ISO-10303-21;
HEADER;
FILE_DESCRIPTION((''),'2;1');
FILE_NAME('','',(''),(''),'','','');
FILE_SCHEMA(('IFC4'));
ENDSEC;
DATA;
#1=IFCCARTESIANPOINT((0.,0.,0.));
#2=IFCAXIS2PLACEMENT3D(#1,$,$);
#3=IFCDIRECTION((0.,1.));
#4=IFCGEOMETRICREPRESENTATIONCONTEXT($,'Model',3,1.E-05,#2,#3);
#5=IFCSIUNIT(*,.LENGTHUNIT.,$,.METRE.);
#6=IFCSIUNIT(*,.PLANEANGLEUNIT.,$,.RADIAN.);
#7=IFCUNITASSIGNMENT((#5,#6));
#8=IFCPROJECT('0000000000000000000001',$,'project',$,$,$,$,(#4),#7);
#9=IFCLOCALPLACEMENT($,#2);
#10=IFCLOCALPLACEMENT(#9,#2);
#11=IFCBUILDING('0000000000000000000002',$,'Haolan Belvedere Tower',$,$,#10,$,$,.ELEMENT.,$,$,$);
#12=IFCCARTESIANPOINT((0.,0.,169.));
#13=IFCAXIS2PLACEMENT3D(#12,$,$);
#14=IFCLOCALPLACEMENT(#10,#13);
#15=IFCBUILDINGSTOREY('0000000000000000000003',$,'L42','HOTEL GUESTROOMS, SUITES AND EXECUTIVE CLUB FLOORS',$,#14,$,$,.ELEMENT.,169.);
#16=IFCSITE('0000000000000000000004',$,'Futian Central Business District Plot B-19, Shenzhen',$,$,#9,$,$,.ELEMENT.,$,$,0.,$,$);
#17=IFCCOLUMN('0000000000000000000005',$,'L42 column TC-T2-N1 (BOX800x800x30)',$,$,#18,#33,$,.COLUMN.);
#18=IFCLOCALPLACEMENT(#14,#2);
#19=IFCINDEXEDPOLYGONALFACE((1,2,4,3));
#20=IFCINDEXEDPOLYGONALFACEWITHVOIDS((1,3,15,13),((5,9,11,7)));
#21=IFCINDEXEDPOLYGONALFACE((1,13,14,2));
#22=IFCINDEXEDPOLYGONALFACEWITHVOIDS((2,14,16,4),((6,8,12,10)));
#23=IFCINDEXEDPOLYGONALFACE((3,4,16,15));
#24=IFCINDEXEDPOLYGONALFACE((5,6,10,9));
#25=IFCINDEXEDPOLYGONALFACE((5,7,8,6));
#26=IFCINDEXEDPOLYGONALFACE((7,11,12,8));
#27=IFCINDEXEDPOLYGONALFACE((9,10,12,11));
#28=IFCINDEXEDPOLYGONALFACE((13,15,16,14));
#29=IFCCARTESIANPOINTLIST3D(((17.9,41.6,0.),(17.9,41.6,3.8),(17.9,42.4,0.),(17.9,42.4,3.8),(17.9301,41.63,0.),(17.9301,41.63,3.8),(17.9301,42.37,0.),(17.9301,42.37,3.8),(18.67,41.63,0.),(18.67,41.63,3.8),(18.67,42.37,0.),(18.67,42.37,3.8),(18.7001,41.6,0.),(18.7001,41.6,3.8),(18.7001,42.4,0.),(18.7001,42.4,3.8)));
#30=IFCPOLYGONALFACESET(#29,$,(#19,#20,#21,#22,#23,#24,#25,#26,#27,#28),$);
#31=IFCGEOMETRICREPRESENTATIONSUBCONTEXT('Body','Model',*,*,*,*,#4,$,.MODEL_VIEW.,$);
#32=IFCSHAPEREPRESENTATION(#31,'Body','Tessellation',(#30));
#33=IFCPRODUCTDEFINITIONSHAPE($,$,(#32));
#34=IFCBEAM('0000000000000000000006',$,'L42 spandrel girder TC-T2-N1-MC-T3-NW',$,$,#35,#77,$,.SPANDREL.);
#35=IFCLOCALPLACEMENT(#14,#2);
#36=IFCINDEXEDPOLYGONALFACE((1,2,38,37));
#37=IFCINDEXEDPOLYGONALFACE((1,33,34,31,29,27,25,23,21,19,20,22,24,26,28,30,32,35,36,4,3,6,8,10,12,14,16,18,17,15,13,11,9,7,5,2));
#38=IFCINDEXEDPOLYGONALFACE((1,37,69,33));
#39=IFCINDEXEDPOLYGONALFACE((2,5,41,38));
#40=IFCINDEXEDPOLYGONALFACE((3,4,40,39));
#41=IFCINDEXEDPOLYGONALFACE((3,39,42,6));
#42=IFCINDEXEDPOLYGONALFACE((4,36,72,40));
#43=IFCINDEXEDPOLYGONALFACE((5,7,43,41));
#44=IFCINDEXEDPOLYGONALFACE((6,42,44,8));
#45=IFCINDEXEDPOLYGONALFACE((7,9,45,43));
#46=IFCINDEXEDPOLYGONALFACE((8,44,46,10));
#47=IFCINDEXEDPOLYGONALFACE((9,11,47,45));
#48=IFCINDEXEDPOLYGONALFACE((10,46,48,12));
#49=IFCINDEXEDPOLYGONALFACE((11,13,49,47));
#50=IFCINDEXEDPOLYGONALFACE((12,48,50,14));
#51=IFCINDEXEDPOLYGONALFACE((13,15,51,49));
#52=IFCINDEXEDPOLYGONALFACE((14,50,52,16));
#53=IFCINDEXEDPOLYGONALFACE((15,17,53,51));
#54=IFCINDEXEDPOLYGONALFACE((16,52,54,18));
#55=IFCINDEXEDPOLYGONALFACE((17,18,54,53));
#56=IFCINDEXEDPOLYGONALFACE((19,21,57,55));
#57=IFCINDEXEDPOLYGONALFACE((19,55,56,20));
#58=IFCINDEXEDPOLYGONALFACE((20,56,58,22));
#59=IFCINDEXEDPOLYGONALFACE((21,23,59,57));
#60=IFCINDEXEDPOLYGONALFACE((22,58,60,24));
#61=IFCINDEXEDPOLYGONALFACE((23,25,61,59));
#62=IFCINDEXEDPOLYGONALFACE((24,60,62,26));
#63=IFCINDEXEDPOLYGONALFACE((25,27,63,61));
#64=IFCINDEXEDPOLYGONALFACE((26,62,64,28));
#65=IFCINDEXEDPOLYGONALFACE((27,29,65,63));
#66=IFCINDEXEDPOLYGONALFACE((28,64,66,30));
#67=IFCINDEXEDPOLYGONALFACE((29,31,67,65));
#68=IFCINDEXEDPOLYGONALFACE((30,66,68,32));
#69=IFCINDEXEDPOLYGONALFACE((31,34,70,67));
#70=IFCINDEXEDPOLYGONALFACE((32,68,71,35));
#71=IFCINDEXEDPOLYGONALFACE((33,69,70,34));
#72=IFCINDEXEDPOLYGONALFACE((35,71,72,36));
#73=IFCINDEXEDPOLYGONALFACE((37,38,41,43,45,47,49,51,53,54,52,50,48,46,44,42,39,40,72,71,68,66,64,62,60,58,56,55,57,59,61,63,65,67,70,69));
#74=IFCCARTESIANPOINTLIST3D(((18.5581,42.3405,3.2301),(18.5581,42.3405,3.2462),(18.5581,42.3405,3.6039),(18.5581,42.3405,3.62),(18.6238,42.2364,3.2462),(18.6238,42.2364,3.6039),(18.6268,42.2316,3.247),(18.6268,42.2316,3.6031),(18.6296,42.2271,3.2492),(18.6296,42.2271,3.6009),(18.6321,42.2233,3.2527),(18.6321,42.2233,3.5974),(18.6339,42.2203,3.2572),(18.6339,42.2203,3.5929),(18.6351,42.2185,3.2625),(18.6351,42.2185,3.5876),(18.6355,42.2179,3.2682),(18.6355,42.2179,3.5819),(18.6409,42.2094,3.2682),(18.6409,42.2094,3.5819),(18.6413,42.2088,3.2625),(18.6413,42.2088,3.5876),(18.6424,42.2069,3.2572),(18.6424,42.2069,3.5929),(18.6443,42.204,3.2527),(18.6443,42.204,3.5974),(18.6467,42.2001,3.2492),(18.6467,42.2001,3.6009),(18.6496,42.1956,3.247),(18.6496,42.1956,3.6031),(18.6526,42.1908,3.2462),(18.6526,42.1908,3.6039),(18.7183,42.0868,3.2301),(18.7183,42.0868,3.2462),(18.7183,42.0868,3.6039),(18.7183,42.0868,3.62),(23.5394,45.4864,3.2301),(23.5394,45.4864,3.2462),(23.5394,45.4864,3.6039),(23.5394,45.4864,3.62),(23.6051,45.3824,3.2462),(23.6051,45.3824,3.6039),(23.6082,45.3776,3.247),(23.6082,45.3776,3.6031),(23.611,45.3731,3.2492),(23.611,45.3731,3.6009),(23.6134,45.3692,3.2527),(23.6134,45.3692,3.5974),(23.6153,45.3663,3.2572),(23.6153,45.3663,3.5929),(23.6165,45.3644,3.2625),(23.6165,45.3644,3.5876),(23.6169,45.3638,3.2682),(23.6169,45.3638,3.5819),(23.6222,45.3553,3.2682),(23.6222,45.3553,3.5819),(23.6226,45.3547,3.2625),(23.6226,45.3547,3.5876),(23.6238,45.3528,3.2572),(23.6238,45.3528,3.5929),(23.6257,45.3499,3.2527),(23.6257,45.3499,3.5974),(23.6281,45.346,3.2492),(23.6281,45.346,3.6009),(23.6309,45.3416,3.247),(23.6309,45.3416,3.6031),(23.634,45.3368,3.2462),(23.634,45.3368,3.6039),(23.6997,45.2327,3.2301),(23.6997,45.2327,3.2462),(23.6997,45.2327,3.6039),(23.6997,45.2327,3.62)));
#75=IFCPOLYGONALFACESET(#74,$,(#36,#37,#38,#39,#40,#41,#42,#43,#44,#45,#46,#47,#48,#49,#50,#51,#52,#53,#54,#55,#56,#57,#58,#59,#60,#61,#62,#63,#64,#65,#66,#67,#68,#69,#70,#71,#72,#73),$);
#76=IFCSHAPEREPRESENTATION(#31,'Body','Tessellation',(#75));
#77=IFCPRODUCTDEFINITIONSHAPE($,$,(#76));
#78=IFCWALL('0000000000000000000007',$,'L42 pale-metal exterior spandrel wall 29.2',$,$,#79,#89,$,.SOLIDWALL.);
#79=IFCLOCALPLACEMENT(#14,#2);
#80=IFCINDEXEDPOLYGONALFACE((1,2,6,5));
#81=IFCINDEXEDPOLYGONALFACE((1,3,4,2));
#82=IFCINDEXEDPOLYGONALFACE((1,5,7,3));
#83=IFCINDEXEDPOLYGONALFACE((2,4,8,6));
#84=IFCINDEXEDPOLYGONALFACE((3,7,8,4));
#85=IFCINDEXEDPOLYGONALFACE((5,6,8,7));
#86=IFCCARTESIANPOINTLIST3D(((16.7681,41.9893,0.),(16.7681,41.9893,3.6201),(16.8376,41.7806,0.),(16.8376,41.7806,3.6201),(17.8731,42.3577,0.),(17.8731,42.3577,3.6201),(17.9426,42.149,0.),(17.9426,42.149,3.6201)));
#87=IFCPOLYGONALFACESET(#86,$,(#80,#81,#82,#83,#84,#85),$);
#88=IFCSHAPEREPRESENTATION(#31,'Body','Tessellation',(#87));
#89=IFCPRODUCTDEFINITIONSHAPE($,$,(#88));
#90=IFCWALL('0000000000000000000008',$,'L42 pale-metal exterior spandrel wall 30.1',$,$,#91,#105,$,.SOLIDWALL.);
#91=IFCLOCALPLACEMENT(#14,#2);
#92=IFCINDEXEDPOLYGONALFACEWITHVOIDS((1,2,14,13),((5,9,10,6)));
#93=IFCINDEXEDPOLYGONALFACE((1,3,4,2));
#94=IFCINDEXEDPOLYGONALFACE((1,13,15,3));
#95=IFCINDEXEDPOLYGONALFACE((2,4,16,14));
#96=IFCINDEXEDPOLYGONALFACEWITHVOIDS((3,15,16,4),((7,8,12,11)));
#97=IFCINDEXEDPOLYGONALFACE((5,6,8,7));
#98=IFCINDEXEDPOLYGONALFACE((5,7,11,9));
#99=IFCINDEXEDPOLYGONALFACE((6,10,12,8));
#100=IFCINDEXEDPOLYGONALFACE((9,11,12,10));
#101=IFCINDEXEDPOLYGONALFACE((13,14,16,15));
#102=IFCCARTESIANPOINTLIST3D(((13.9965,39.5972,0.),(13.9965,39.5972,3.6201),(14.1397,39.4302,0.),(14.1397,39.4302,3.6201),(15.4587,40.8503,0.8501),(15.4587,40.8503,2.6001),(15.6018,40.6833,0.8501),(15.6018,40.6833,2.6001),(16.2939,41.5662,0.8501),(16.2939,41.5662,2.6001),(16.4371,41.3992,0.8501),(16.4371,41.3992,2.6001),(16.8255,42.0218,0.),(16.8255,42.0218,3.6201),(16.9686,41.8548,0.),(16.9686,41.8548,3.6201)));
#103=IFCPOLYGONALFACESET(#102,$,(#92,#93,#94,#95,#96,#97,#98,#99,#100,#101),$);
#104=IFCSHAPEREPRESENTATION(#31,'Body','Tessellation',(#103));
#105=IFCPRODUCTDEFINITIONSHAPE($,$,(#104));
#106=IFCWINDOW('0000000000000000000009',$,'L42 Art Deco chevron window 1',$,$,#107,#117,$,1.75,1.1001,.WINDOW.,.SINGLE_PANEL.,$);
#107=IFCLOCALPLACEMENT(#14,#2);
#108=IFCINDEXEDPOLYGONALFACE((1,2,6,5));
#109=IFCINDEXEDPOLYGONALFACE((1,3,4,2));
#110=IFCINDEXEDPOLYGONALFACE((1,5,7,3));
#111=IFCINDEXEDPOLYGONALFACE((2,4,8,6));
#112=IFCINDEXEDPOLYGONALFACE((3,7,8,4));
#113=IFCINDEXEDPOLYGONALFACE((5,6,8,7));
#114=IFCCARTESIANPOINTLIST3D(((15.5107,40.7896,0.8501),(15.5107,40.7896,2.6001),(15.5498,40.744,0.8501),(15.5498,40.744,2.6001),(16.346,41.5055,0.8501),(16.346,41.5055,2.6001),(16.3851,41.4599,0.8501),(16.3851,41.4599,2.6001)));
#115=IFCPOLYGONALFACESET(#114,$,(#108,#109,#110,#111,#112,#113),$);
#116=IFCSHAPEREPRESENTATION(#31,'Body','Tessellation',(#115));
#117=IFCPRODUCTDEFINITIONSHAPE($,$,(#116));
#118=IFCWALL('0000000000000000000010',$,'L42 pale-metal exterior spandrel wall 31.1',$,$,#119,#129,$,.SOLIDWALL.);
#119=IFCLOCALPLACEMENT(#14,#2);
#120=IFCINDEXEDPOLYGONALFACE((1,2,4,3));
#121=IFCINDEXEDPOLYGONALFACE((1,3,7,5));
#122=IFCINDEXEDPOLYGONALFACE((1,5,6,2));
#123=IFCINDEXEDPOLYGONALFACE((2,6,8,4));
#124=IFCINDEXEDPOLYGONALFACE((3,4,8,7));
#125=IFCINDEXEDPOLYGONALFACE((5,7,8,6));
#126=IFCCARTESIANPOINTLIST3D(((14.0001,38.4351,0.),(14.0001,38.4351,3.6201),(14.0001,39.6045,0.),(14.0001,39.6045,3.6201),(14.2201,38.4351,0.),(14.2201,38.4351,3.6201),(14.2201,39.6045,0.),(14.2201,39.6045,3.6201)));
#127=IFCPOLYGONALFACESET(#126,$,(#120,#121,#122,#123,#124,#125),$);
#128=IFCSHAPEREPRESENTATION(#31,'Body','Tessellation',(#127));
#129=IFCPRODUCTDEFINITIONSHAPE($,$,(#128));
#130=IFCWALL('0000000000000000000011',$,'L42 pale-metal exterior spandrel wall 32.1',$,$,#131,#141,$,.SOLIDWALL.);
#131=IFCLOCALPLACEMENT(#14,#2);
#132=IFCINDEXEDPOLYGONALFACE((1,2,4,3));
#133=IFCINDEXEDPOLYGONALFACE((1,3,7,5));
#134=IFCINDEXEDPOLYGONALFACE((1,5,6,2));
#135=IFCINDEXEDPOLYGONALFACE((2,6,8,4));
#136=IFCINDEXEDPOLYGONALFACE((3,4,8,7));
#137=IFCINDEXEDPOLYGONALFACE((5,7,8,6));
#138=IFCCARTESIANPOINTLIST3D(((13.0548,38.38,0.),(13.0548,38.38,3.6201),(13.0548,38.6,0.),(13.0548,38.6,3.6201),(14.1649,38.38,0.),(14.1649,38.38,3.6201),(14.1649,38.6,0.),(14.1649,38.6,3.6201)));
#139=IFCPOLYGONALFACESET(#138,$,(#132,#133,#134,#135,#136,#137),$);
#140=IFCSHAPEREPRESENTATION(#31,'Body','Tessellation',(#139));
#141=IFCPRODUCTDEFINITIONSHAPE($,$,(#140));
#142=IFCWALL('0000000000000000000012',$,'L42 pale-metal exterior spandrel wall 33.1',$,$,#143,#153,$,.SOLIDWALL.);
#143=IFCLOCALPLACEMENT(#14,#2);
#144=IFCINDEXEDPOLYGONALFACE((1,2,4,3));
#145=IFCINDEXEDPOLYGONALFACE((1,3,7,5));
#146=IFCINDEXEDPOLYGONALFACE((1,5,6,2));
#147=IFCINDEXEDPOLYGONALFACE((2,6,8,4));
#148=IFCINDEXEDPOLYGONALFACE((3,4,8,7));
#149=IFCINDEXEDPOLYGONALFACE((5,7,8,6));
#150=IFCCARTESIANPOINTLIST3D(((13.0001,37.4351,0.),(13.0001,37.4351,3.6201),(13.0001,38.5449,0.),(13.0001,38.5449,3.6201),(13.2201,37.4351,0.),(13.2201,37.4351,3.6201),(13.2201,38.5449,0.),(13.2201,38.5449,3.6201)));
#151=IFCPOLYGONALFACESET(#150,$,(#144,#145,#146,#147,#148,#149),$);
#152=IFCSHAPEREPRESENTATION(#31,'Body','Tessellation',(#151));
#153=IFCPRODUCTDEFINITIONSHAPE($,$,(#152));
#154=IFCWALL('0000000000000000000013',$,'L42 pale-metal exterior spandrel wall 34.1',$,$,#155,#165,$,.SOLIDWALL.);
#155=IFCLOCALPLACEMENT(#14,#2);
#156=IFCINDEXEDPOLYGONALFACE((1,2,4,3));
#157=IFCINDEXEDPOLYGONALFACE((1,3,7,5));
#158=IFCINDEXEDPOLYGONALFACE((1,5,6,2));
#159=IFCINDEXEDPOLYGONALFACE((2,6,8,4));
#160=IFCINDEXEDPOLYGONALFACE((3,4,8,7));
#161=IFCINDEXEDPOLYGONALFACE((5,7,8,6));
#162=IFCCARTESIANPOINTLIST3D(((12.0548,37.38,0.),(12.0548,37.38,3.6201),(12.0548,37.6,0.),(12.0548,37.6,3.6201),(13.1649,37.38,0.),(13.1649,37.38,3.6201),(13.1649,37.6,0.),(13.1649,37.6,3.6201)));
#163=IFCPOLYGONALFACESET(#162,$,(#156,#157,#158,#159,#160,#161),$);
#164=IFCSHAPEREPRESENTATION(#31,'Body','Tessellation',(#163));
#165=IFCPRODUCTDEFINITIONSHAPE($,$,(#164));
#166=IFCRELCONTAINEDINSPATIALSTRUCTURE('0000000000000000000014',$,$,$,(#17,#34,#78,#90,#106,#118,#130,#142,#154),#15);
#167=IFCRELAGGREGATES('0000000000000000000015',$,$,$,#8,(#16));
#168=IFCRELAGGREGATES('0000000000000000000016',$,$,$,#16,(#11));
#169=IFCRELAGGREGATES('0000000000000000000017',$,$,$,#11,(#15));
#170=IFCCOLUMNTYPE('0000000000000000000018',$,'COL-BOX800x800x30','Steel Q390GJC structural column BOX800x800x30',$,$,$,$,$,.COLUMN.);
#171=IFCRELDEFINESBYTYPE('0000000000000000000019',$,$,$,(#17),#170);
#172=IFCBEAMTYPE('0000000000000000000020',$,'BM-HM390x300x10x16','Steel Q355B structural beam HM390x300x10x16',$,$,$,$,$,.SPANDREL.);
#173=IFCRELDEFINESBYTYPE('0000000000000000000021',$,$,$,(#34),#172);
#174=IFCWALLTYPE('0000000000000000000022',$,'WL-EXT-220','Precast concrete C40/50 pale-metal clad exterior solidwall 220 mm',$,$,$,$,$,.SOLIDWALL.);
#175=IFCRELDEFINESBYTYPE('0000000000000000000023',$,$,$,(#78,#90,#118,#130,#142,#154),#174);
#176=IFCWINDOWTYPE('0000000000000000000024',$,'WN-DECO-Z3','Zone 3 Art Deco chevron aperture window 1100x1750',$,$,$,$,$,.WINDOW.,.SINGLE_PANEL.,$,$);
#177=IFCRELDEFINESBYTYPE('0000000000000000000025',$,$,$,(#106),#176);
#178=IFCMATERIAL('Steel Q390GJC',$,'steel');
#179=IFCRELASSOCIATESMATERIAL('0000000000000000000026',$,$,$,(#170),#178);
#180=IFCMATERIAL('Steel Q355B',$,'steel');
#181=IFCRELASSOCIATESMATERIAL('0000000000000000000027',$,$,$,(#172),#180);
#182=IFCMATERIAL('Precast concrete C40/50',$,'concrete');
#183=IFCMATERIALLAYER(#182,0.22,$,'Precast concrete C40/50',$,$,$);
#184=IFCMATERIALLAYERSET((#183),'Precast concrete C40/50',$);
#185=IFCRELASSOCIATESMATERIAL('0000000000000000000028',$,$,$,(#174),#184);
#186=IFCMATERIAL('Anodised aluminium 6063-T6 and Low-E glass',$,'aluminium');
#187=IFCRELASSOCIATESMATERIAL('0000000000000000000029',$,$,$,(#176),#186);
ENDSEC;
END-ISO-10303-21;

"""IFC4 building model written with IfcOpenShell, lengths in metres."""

from ifc_helpers import new_model, si_unit, direction, frame, frame_2d, origin, origin_2d, place, context, subcontext, project, spatial, rectangle, hollow_rectangle, i_section, extrude, material, layer, layer_set, material_profile, profile_set, type_object, element, fill, save


model = new_model("IFC4")

# Units and contexts
model_context = context("Model", 3, precision=1e-05, world=origin(), true_north=direction((0.0, 1.0)))
body_context = subcontext(model_context, "Body", "Model", "MODEL_VIEW")
ifc_project = project(units=[si_unit("LENGTHUNIT", "METRE"), si_unit("PLANEANGLEUNIT", "RADIAN")], contexts=[model_context])

# Site, building, storey
site_placement = place(None, origin())
site = spatial("IfcSite", under=ifc_project, at=site_placement, Name="Futian Central Business District Plot B-19, Shenzhen", CompositionType="ELEMENT", RefElevation=0.0)
building_placement = place(site_placement, origin())
building = spatial("IfcBuilding", under=site, at=building_placement, Name="Haolan Belvedere Tower", CompositionType="ELEMENT")
storey_placement = place(building_placement, frame((0.0, 0.0, 169.0)))
storey = spatial("IfcBuildingStorey", under=building, at=storey_placement, Name="L42", Description="HOTEL GUESTROOMS, SUITES AND EXECUTIVE CLUB FLOORS", CompositionType="ELEMENT", Elevation=169.0)

# Column
ifc_material_1 = material(Name="Steel Q390GJC", Category="steel")
ifc_material_profile_1 = material_profile(ifc_material_1, hollow_rectangle(XDim=0.8, YDim=0.8, WallThickness=0.03, at=origin_2d()), Name="Steel Q390GJC")
ifc_profile_set_1 = profile_set([ifc_material_profile_1], Name="Steel Q390GJC")
column_type = type_object("IfcColumnType", Name="COL-BOX800x800x30", Description="Steel Q390GJC structural column BOX800x800x30", PredefinedType="COLUMN", material=ifc_profile_set_1)
column_placement = place(storey_placement, frame((18.3, 42.0, 0.0), z_axis=(0.0, 0.0, 1.0), x_axis=(1.0, 0.0, 0.0)))
element("IfcColumn", 1, at=column_placement, inside=storey, type_object=column_type, Name="L42 column TC-T2-N1 (BOX800x800x30)", PredefinedType="COLUMN", context=body_context, shape_type="SweptSolid", body=[
    extrude(hollow_rectangle(XDim=0.8, YDim=0.8, WallThickness=0.03, at=origin_2d()), origin(), (0.0, 0.0, 1.0), 3.8),
])

# Beam
ifc_material_2 = material(Name="Steel Q355B", Category="steel")
ifc_material_profile_2 = material_profile(ifc_material_2, i_section(OverallWidth=0.3, OverallDepth=0.3899, WebThickness=0.01, FlangeThickness=0.0161, FilletRadius=0.022, at=origin_2d()), Name="Steel Q355B")
ifc_profile_set_2 = profile_set([ifc_material_profile_2], Name="Steel Q355B")
beam_type = type_object("IfcBeamType", Name="BM-HM390x300x10x16", Description="Steel Q355B structural beam HM390x300x10x16", PredefinedType="SPANDREL", material=ifc_profile_set_2)
beam_placement = place(storey_placement, frame((18.6382, 42.2136, 3.425), z_axis=(0.845503, 0.533971, 0.0), x_axis=(-0.533971, 0.845503, 0.0)))
element("IfcBeam", 2, at=beam_placement, inside=storey, type_object=beam_type, Name="L42 spandrel girder TC-T2-N1-MC-T3-NW", PredefinedType="SPANDREL", context=body_context, shape_type="SweptSolid", body=[
    extrude(i_section(OverallWidth=0.3, OverallDepth=0.3899, WebThickness=0.01, FlangeThickness=0.0161, FilletRadius=0.022, at=origin_2d()), origin(), (0.0, 0.0, 1.0), 5.8916),
])

# Wall
ifc_material_3 = material(Name="Precast concrete C40/50", Category="concrete")
ifc_layer_1 = layer(ifc_material_3, 0.22, Name="Precast concrete C40/50")
ifc_layer_set_1 = layer_set([ifc_layer_1], Name="Precast concrete C40/50")
wall_type_1 = type_object("IfcWallType", Name="WL-EXT-220", Description="Precast concrete C40/50 pale-metal clad exterior solidwall 220 mm", PredefinedType="SOLIDWALL", material=ifc_layer_set_1)
wall_1_placement = place(storey_placement, frame((17.908, 42.2534, 0.0), z_axis=(0.0, 0.0, 1.0), x_axis=(-0.948662, -0.316291, 0.0)))
element("IfcWall", 3, at=wall_1_placement, inside=storey, type_object=wall_type_1, Name="L42 pale-metal exterior spandrel wall 29.2", PredefinedType="SOLIDWALL", context=body_context, shape_type="SweptSolid", body=[
    extrude(rectangle(XDim=1.1648, YDim=0.22, at=frame_2d((0.5825, 0.0))), origin(), (0.0, 0.0, 1.0), 3.6201),
])

# Wall, opening, window
wall_2_placement = place(storey_placement, frame((16.897, 41.9382, 0.0), z_axis=(0.0, 0.0, 1.0), x_axis=(-0.75928, -0.650764, 0.0)))
wall_2 = element("IfcWall", 4, at=wall_2_placement, inside=storey, type_object=wall_type_1, Name="L42 pale-metal exterior spandrel wall 30.1", PredefinedType="SOLIDWALL", context=body_context, shape_type="SweptSolid", body=[
    extrude(rectangle(XDim=3.7258, YDim=0.22, at=frame_2d((1.8628, 0.0))), origin(), (0.0, 0.0, 1.0), 3.6201),
])
opening_1_placement = place(wall_2_placement, frame((0.7, 0.0, 0.8501)))
opening_1 = element("IfcOpeningElement", 5, at=opening_1_placement, cuts=wall_2, PredefinedType="OPENING", context=body_context, shape_type="SweptSolid", body=[
    extrude(rectangle(XDim=1.1001, YDim=1.75, at=frame_2d((0.55, 0.875))), frame((0.0, 0.1199, 0.0), z_axis=(0.0, -1.0, 0.0), x_axis=(1.0, 0.0, 0.0)), (0.0, 0.0, 1.0), 0.24),
])
ifc_material_4 = material(Name="Anodised aluminium 6063-T6 and Low-E glass", Category="aluminium")
window_type = type_object("IfcWindowType", Name="WN-DECO-Z3", Description="Zone 3 Art Deco chevron aperture window 1100x1750", PartitioningType="SINGLE_PANEL", PredefinedType="WINDOW", material=ifc_material_4)
window_1_placement = place(opening_1_placement, origin())
window_1 = element("IfcWindow", 6, at=window_1_placement, inside=storey, type_object=window_type, Name="L42 Art Deco chevron window 1", OverallHeight=1.75, OverallWidth=1.1001, PartitioningType="SINGLE_PANEL", PredefinedType="WINDOW", context=body_context, shape_type="SweptSolid", body=[
    extrude(rectangle(XDim=1.1001, YDim=1.75, at=frame_2d((0.55, 0.875))), frame((0.0, 0.03, 0.0), z_axis=(0.0, -1.0, 0.0), x_axis=(1.0, 0.0, 0.0)), (0.0, 0.0, 1.0), 0.0601),
])
fill(opening_1, window_1)

# Walls
wall_3_placement = place(storey_placement, frame((14.1101, 39.6045, 0.0), z_axis=(0.0, 0.0, 1.0), x_axis=(0.0, -1.0, 0.0)))
element("IfcWall", 7, at=wall_3_placement, inside=storey, type_object=wall_type_1, Name="L42 pale-metal exterior spandrel wall 31.1", PredefinedType="SOLIDWALL", context=body_context, shape_type="SweptSolid", body=[
    extrude(rectangle(XDim=1.1694, YDim=0.22, at=frame_2d((0.5847, 0.0))), origin(), (0.0, 0.0, 1.0), 3.6201),
])
wall_4_placement = place(storey_placement, frame((14.165, 38.49, 0.0), z_axis=(0.0, 0.0, 1.0), x_axis=(-1.0, 0.0, 0.0)))
element("IfcWall", 8, at=wall_4_placement, inside=storey, type_object=wall_type_1, Name="L42 pale-metal exterior spandrel wall 32.1", PredefinedType="SOLIDWALL", context=body_context, shape_type="SweptSolid", body=[
    extrude(rectangle(XDim=1.1101, YDim=0.22, at=frame_2d((0.5552, 0.0))), origin(), (0.0, 0.0, 1.0), 3.6201),
])
wall_5_placement = place(storey_placement, frame((13.1101, 38.5449, 0.0), z_axis=(0.0, 0.0, 1.0), x_axis=(0.0, -1.0, 0.0)))
element("IfcWall", 9, at=wall_5_placement, inside=storey, type_object=wall_type_1, Name="L42 pale-metal exterior spandrel wall 33.1", PredefinedType="SOLIDWALL", context=body_context, shape_type="SweptSolid", body=[
    extrude(rectangle(XDim=1.1099, YDim=0.22, at=frame_2d((0.5549, 0.0))), origin(), (0.0, 0.0, 1.0), 3.6201),
])
wall_6_placement = place(storey_placement, frame((13.165, 37.49, 0.0), z_axis=(0.0, 0.0, 1.0), x_axis=(-1.0, 0.0, 0.0)))
element("IfcWall", 10, at=wall_6_placement, inside=storey, type_object=wall_type_1, Name="L42 pale-metal exterior spandrel wall 34.1", PredefinedType="SOLIDWALL", context=body_context, shape_type="SweptSolid", body=[
    extrude(rectangle(XDim=1.1101, YDim=0.22, at=frame_2d((0.5552, 0.0))), origin(), (0.0, 0.0, 1.0), 3.6201),
])

save(model, "model.ifc")
